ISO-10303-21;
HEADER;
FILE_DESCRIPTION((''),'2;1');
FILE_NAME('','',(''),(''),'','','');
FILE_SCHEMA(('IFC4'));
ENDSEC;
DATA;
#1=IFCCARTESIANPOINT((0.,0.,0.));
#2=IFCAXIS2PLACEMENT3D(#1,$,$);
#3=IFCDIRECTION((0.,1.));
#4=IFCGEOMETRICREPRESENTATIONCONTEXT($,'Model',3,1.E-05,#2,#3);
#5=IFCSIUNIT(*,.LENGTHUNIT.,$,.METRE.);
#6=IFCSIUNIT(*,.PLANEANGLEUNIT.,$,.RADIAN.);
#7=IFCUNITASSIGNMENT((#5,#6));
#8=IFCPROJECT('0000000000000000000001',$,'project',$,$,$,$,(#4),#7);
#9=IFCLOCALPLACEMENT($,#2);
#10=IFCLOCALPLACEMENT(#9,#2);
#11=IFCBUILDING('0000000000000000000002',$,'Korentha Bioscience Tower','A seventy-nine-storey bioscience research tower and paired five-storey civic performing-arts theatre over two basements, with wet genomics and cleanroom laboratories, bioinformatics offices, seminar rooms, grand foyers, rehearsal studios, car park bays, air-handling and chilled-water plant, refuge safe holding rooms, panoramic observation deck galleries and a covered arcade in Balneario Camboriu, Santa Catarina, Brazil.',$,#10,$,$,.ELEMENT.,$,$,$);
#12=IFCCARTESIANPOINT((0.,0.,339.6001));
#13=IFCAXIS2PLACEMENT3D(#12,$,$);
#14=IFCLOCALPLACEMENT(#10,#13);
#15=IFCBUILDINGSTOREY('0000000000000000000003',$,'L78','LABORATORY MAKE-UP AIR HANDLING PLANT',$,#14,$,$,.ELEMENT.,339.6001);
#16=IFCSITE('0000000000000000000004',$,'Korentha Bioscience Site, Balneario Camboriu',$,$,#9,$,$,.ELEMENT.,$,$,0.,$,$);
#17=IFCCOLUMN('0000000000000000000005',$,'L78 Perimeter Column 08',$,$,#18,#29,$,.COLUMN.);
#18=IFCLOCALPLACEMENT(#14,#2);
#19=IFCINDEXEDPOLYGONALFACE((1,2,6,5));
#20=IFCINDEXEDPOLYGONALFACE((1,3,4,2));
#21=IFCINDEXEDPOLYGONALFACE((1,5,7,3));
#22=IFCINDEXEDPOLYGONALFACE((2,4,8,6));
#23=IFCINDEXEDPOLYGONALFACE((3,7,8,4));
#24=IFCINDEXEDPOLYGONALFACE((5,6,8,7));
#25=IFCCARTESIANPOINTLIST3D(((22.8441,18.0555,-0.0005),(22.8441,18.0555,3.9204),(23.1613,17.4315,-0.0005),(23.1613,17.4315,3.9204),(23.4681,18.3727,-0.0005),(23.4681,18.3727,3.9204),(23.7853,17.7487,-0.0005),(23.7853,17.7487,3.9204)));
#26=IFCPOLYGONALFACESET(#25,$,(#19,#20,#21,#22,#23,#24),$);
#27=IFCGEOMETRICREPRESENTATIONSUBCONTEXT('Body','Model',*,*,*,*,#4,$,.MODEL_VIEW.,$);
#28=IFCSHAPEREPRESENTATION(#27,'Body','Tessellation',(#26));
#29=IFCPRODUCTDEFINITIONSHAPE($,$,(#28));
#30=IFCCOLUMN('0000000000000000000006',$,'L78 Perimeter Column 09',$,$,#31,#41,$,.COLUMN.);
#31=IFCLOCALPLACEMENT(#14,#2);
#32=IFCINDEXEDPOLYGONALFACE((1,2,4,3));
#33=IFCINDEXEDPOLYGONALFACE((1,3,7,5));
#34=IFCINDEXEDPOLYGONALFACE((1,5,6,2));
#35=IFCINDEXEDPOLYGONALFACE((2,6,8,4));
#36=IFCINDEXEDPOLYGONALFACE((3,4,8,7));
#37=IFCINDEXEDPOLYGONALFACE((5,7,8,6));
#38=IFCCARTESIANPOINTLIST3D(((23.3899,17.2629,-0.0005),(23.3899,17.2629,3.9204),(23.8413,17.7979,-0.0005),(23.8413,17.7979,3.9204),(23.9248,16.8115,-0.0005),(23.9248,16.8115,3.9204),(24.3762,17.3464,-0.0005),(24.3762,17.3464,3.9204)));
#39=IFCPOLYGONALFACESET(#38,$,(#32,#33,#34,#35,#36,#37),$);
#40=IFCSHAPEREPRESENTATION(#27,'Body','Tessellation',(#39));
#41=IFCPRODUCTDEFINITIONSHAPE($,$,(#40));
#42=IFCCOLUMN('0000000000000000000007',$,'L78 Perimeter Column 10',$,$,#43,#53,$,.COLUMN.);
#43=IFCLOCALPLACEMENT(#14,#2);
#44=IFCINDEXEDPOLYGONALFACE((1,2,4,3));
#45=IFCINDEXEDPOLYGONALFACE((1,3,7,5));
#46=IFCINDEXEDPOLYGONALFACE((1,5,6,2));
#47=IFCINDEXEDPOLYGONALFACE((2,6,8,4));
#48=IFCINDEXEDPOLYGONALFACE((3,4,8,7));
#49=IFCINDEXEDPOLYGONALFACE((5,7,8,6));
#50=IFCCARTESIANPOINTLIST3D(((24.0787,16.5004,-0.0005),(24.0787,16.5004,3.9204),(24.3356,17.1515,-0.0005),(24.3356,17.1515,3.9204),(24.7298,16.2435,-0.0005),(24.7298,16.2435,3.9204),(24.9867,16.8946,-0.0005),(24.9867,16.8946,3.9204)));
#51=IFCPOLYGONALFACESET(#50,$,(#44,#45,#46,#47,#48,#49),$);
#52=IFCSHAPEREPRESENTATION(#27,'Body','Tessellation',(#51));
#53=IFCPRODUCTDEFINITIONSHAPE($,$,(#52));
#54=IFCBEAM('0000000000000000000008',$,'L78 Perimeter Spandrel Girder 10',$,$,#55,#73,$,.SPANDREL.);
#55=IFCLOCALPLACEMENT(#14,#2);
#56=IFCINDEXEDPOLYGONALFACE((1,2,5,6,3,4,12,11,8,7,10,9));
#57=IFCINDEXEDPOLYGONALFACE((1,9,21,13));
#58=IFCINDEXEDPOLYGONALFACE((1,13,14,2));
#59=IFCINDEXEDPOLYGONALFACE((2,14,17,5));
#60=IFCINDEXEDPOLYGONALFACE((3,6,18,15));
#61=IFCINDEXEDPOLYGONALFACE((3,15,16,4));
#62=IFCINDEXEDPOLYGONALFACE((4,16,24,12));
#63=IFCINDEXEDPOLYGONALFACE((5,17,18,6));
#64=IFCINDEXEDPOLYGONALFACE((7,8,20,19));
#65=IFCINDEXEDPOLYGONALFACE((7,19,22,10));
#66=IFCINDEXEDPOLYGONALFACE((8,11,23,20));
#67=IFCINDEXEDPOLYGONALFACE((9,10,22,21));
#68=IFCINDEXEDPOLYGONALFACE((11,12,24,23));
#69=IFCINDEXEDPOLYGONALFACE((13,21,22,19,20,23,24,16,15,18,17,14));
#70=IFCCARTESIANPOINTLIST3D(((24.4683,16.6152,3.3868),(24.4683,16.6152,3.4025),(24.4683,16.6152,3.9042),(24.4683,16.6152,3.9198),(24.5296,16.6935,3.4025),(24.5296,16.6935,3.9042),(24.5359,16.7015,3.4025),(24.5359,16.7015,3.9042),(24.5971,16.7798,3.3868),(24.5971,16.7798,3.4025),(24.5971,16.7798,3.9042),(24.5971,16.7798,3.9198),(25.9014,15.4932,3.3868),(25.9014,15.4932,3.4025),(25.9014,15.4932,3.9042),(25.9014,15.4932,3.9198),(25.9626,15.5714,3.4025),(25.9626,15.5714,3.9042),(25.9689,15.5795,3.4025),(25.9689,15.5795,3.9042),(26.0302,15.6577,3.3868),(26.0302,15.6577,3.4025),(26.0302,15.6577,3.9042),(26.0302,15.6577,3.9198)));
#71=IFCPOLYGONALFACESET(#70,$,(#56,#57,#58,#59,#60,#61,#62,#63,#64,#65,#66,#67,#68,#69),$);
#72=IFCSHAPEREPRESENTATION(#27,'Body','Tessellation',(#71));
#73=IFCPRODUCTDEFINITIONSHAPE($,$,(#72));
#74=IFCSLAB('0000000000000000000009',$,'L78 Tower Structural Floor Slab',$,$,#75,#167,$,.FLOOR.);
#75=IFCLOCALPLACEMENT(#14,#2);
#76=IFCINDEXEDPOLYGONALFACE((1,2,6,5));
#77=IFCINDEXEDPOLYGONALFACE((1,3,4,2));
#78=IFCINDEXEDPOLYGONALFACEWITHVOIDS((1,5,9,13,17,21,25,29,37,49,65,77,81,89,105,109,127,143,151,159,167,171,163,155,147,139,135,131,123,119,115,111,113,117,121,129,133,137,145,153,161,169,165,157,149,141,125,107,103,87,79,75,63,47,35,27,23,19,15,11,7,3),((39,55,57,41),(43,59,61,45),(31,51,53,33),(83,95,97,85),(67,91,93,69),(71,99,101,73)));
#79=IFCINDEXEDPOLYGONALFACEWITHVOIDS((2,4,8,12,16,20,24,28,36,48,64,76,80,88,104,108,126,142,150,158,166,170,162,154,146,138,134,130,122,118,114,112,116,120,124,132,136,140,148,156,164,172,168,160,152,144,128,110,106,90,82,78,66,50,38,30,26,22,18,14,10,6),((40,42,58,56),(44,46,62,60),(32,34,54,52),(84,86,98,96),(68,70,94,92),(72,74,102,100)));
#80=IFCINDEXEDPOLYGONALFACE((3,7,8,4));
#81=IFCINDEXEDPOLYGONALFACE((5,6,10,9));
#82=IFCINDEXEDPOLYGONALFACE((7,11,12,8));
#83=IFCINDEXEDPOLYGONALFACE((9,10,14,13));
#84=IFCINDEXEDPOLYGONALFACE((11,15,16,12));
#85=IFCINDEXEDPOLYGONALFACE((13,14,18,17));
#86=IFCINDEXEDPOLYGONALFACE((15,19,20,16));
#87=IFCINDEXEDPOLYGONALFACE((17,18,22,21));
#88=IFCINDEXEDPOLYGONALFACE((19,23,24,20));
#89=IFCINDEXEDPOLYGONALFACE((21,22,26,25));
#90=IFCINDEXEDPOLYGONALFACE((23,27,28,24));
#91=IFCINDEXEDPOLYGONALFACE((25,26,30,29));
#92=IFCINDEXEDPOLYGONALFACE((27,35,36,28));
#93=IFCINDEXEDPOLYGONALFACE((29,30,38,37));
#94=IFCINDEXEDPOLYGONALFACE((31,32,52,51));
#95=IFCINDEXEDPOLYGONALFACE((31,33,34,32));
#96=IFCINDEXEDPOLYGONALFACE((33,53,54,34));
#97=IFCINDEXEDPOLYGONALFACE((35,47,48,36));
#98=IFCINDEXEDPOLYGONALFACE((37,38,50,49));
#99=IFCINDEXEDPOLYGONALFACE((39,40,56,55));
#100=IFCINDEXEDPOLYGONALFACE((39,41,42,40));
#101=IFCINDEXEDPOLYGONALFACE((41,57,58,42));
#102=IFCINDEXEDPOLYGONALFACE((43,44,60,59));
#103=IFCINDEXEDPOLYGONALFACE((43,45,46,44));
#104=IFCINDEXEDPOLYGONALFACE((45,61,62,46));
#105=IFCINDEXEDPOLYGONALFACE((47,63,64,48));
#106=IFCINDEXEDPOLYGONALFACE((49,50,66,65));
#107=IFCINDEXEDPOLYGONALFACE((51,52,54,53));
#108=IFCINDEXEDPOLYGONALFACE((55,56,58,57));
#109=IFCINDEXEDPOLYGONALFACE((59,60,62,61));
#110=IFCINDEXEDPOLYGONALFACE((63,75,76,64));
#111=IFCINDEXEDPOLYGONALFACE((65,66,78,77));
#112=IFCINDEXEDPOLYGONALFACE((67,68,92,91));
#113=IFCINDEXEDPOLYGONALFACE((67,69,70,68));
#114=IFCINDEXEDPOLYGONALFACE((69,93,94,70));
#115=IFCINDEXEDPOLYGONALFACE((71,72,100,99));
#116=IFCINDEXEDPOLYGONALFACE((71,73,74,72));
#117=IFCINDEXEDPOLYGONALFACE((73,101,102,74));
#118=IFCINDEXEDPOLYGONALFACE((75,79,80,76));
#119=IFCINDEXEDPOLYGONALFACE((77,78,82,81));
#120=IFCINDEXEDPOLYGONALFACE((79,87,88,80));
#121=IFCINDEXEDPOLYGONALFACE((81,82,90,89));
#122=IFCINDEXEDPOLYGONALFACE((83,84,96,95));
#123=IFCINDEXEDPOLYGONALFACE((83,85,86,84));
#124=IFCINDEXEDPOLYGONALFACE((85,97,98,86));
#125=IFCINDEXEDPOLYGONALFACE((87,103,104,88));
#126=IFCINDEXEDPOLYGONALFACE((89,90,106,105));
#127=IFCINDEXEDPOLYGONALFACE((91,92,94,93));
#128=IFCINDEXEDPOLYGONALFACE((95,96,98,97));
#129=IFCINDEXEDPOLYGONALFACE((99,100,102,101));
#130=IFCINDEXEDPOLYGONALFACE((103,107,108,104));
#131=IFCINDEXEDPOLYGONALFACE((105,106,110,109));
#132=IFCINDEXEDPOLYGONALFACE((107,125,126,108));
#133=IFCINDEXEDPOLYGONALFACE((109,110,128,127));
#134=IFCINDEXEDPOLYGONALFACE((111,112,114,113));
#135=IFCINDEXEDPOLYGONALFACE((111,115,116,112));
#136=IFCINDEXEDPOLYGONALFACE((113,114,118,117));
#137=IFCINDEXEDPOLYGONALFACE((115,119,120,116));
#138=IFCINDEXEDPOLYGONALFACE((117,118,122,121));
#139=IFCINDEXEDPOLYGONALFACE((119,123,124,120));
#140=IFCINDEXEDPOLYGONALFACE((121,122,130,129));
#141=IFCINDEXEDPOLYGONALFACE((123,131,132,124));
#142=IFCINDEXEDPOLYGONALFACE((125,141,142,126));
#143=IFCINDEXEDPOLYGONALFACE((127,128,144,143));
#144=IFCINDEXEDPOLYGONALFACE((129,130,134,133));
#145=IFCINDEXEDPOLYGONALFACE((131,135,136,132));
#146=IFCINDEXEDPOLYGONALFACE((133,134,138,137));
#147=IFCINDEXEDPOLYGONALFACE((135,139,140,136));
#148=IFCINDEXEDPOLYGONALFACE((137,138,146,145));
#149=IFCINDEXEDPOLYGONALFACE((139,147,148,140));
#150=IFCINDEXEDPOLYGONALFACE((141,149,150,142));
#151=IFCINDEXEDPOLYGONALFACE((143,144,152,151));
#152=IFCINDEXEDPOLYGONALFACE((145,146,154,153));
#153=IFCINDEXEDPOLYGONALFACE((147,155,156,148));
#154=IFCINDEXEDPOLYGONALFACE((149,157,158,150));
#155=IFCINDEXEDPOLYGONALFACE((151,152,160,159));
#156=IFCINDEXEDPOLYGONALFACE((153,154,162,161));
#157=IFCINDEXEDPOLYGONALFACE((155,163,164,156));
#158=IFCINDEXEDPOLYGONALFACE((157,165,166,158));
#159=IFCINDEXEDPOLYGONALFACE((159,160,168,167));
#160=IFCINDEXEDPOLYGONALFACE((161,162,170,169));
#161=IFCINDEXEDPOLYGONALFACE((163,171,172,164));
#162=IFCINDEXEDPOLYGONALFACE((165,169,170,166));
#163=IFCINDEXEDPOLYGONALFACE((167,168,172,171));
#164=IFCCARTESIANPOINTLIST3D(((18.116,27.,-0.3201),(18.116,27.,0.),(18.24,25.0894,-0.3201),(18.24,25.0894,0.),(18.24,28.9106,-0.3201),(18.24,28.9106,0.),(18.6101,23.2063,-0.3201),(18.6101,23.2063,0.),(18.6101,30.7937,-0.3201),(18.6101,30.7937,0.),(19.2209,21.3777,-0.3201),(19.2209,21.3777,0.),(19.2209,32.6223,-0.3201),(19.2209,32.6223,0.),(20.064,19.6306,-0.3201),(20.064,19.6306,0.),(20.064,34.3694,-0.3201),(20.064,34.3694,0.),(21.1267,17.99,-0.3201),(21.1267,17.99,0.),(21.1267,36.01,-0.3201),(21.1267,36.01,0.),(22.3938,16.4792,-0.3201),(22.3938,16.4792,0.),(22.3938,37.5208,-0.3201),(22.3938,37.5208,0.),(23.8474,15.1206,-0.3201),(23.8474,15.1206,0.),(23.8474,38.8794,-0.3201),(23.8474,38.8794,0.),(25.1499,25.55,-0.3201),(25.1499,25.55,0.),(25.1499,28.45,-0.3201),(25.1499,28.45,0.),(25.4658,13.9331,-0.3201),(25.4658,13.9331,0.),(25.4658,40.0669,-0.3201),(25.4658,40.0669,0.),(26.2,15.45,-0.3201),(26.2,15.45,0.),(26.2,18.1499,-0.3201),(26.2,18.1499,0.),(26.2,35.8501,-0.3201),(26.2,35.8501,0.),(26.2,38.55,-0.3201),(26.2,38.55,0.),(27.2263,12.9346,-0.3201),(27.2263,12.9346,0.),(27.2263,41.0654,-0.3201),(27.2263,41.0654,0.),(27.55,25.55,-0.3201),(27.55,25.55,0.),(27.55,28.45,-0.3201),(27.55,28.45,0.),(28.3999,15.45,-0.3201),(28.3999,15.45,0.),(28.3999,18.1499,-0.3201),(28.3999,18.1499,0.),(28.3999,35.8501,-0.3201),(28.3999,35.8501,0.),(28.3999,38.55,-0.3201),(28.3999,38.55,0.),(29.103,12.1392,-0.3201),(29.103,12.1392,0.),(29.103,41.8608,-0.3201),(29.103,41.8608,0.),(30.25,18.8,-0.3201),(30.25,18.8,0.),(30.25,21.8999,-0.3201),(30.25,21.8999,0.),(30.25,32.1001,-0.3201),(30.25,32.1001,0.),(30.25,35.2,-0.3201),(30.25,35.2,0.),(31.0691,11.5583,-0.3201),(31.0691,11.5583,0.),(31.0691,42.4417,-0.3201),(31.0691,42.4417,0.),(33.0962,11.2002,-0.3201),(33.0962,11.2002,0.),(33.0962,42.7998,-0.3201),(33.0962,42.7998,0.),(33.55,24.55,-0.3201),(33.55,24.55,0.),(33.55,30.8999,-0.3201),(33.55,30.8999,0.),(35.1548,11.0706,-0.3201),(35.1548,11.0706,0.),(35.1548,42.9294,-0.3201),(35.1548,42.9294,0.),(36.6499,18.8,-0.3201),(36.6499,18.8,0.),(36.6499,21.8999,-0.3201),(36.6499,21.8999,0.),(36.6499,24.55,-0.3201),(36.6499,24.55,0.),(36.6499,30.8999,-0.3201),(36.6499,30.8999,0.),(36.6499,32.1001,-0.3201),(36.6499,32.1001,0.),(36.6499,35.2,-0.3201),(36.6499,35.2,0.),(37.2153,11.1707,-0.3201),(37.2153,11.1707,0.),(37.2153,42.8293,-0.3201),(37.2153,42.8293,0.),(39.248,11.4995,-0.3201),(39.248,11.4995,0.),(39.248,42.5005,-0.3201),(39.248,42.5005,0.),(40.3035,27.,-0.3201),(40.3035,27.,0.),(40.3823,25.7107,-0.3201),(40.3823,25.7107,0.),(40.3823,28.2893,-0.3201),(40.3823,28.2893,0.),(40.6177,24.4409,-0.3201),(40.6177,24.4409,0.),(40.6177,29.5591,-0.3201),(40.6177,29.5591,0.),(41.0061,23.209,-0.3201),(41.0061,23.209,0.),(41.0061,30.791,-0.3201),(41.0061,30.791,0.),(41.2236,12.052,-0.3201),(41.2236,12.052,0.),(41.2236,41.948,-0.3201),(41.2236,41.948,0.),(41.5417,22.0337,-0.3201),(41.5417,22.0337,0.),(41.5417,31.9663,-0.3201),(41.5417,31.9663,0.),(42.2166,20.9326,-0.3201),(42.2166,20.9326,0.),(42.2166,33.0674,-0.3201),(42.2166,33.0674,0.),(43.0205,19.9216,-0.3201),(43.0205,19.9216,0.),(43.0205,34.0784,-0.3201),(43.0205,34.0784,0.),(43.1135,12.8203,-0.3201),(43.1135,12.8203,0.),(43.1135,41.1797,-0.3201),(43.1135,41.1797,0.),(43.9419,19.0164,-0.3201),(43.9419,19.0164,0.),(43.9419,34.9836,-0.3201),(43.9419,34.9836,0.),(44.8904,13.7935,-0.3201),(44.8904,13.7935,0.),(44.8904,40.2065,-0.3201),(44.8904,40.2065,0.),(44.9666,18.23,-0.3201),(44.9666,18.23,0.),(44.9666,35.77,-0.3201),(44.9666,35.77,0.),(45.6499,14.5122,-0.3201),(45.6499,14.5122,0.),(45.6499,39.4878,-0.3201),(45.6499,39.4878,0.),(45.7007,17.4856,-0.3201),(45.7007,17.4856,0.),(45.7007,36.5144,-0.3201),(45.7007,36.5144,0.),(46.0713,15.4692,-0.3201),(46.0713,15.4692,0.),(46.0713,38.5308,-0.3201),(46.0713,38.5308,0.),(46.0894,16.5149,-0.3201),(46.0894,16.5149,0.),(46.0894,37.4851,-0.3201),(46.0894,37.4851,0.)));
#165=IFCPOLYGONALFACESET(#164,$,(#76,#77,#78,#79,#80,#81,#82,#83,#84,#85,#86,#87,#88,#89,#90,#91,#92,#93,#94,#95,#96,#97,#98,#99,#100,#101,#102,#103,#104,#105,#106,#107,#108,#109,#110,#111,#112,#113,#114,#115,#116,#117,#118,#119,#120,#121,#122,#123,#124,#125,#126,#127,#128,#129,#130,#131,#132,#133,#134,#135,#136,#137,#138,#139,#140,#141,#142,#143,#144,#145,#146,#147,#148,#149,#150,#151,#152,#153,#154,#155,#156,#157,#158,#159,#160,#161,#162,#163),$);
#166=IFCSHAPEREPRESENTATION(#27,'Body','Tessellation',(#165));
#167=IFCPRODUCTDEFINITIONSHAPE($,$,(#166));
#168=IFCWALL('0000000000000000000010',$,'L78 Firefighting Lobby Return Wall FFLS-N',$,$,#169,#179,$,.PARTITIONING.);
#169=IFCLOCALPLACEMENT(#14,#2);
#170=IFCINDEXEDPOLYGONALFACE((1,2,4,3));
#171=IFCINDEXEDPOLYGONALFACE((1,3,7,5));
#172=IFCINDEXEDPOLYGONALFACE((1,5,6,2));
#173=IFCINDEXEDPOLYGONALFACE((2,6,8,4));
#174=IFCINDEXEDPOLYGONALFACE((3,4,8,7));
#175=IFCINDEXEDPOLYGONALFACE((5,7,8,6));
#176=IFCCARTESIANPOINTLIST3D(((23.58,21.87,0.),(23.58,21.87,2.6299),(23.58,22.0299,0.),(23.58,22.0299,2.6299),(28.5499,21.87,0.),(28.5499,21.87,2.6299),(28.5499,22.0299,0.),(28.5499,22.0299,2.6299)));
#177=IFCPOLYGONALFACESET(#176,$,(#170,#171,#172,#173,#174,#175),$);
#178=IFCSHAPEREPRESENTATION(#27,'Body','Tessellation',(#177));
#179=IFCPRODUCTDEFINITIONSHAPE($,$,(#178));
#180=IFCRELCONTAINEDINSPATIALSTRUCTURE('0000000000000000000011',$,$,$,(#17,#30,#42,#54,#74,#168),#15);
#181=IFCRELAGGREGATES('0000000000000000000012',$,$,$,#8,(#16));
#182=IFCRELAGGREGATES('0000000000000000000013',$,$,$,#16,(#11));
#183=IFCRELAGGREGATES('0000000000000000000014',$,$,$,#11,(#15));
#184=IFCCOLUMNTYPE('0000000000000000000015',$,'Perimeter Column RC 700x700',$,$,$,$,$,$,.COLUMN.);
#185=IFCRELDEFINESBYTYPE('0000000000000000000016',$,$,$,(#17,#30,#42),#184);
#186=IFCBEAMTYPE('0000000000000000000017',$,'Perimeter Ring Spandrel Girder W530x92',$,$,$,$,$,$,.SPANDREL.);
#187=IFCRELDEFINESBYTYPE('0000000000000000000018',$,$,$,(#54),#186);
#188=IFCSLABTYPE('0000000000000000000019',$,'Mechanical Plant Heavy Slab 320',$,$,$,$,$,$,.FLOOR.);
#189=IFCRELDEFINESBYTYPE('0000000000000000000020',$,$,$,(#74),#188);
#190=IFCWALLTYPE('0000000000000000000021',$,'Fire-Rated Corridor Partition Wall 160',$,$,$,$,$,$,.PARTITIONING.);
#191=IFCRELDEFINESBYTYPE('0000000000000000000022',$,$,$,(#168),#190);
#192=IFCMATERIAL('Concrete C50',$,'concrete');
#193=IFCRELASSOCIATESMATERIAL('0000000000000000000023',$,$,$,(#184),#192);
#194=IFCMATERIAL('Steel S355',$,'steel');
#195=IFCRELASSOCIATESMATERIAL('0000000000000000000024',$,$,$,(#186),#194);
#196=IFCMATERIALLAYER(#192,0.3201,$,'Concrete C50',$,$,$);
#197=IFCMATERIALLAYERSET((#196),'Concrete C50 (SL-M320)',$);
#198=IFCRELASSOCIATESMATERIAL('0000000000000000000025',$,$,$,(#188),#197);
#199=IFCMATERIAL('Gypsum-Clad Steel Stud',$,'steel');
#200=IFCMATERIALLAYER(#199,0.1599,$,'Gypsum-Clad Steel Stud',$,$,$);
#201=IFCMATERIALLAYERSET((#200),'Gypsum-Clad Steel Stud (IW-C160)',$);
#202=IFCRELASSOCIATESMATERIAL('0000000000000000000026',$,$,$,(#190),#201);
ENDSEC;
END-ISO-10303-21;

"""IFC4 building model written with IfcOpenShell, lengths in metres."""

from ifc_helpers import new_model, si_unit, direction, frame, frame_2d, origin, origin_2d, place, context, subcontext, project, spatial, polyline, rectangle, i_section, outline, extrude, material, layer, layer_set, material_profile, profile_set, type_object, element, save


model = new_model("IFC4")

# Units and contexts
model_context = context("Model", 3, precision=1e-05, world=origin(), true_north=direction((0.0, 1.0)))
body_context = subcontext(model_context, "Body", "Model", "MODEL_VIEW")
ifc_project = project(units=[si_unit("LENGTHUNIT", "METRE"), si_unit("PLANEANGLEUNIT", "RADIAN")], contexts=[model_context])

# Site, building, storey
site_placement = place(None, origin())
site = spatial("IfcSite", under=ifc_project, at=site_placement, Name="Korentha Bioscience Site, Balneario Camboriu", CompositionType="ELEMENT", RefElevation=0.0)
building_placement = place(site_placement, origin())
building = spatial("IfcBuilding", under=site, at=building_placement, Name="Korentha Bioscience Tower", Description="A seventy-nine-storey bioscience research tower and paired five-storey civic performing-arts theatre over two basements, with wet genomics and cleanroom laboratories, bioinformatics offices, seminar rooms, grand foyers, rehearsal studios, car park bays, air-handling and chilled-water plant, refuge safe holding rooms, panoramic observation deck galleries and a covered arcade in Balneario Camboriu, Santa Catarina, Brazil.", CompositionType="ELEMENT")
storey_placement = place(building_placement, frame((0.0, 0.0, 339.6001)))
storey = spatial("IfcBuildingStorey", under=building, at=storey_placement, Name="L78", Description="LABORATORY MAKE-UP AIR HANDLING PLANT", CompositionType="ELEMENT", Elevation=339.6001)

# Columns
ifc_material_1 = material(Name="Concrete C50", Category="concrete")
ifc_material_profile_1 = material_profile(ifc_material_1, rectangle(XDim=0.7, YDim=0.7, at=origin_2d()), Name="Concrete C50")
ifc_profile_set_1 = profile_set([ifc_material_profile_1], Name="Concrete C50 (COL-P07)")
column_type = type_object("IfcColumnType", Name="Perimeter Column RC 700x700", PredefinedType="COLUMN", material=ifc_profile_set_1)
for number, where, z_axis, x_axis, name in (
    (1, (23.3147, 17.9021, -0.0005), (0.0, 0.0, 1.0), (-0.453057, 0.891481, 0.0), "L78 Perimeter Column 08"),
    (2, (23.8831, 17.3047, -0.0005), (0.0, 0.0, 1.0), (-0.764246, 0.644924, 0.0), "L78 Perimeter Column 09"),
    (3, (24.5327, 16.6975, -0.0005), (0.0, 0.0, 1.0), (-0.930226, 0.366988, 0.0), "L78 Perimeter Column 10"),
):
    element("IfcColumn", number, at=place(storey_placement, frame(where, z_axis=z_axis, x_axis=x_axis)), inside=storey, type_object=column_type, Name=name, PredefinedType="COLUMN", context=body_context, shape_type="SweptSolid", body=[
        extrude(rectangle(XDim=0.7, YDim=0.7, at=origin_2d()), origin(), (0.0, 0.0, 1.0), 3.9209),
    ])

# Beam
ifc_material_2 = material(Name="Steel S355", Category="steel")
ifc_material_profile_2 = material_profile(ifc_material_2, i_section(OverallWidth=0.209, OverallDepth=0.533, WebThickness=0.0103, FlangeThickness=0.0156, at=origin_2d()), Name="Steel S355")
ifc_profile_set_2 = profile_set([ifc_material_profile_2], Name="Steel S355 (SB-530)")
beam_type = type_object("IfcBeamType", Name="Perimeter Ring Spandrel Girder W530x92", PredefinedType="SPANDREL", material=ifc_profile_set_2)
beam_placement = place(storey_placement, frame((24.5327, 16.6975, 3.6533), z_axis=(0.787369, -0.616482, 0.0), x_axis=(0.616482, 0.787369, 0.0)))
element("IfcBeam", 4, at=beam_placement, inside=storey, type_object=beam_type, Name="L78 Perimeter Spandrel Girder 10", PredefinedType="SPANDREL", context=body_context, shape_type="SweptSolid", body=[
    extrude(i_section(OverallWidth=0.209, OverallDepth=0.533, WebThickness=0.0103, FlangeThickness=0.0156, at=origin_2d()), origin(), (0.0, 0.0, 1.0), 1.8201),
])

# Slab
ifc_layer_1 = layer(ifc_material_1, 0.3201, Name="Concrete C50")
ifc_layer_set_1 = layer_set([ifc_layer_1], Name="Concrete C50 (SL-M320)")
slab_type = type_object("IfcSlabType", Name="Mechanical Plant Heavy Slab 320", PredefinedType="FLOOR", material=ifc_layer_set_1)
slab_placement = place(storey_placement, frame((0.0, 0.0, -0.3201)))
element("IfcSlab", 5, at=slab_placement, inside=storey, type_object=slab_type, Name="L78 Tower Structural Floor Slab", PredefinedType="FLOOR", context=body_context, shape_type="SweptSolid", body=[
    extrude(outline(polyline([(44.8904, 40.2065), (43.1135, 41.1797), (41.2236, 41.948), (39.248, 42.5005), (37.2153, 42.8293), (35.1548, 42.9294), (33.0962, 42.7998), (31.0691, 42.4417), (29.103, 41.8608), (27.2263, 41.0654), (25.4658, 40.0669), (23.8474, 38.8794), (22.3938, 37.5208), (21.1267, 36.01), (20.064, 34.3694), (19.2209, 32.6223), (18.6101, 30.7937), (18.24, 28.9106), (18.116, 27.0), (18.24, 25.0894), (18.6101, 23.2063), (19.2209, 21.3777), (20.064, 19.6306), (21.1267, 17.99), (22.3938, 16.4792), (23.8474, 15.1206), (25.4658, 13.9331), (27.2263, 12.9346), (29.103, 12.1392), (31.0691, 11.5583), (33.0962, 11.2002), (35.1548, 11.0706), (37.2153, 11.1707), (39.248, 11.4995), (41.2236, 12.052), (43.1135, 12.8203), (44.8904, 13.7935), (45.6499, 14.5122), (46.0713, 15.4692), (46.0894, 16.5149), (45.7007, 17.4856), (44.9666, 18.23), (43.9419, 19.0164), (43.0205, 19.9216), (42.2166, 20.9326), (41.5417, 22.0337), (41.0061, 23.209), (40.6177, 24.4409), (40.3823, 25.7107), (40.3035, 27.0), (40.3823, 28.2893), (40.6177, 29.5591), (41.0061, 30.791), (41.5417, 31.9663), (42.2166, 33.0674), (43.0205, 34.0784), (43.9419, 34.9836), (44.9666, 35.77), (45.7007, 36.5144), (46.0894, 37.4851), (46.0713, 38.5308), (45.6499, 39.4878), (44.8904, 40.2065)]), holes=[polyline([(30.25, 32.1001), (36.6499, 32.1001), (36.6499, 35.2), (30.25, 35.2), (30.25, 32.1001)]), polyline([(30.25, 18.8), (36.6499, 18.8), (36.6499, 21.8999), (30.25, 21.8999), (30.25, 18.8)]), polyline([(36.6499, 24.55), (36.6499, 30.8999), (33.55, 30.8999), (33.55, 24.55), (36.6499, 24.55)]), polyline([(26.2, 15.45), (28.3999, 15.45), (28.3999, 18.1499), (26.2, 18.1499), (26.2, 15.45)]), polyline([(26.2, 35.8501), (28.3999, 35.8501), (28.3999, 38.55), (26.2, 38.55), (26.2, 35.8501)]), polyline([(25.1499, 25.55), (27.55, 25.55), (27.55, 28.45), (25.1499, 28.45), (25.1499, 25.55)])]), origin(), (0.0, 0.0, 1.0), 0.3201),
])

# Shared definitions
ifc_material_3 = material(Name="Gypsum-Clad Steel Stud", Category="steel")
ifc_layer_2 = layer(ifc_material_3, 0.1599, Name="Gypsum-Clad Steel Stud")
ifc_layer_set_2 = layer_set([ifc_layer_2], Name="Gypsum-Clad Steel Stud (IW-C160)")
wall_type_1 = type_object("IfcWallType", Name="Fire-Rated Corridor Partition Wall 160", PredefinedType="PARTITIONING", material=ifc_layer_set_2)

# Wall
wall_1_placement = place(storey_placement, frame((23.5801, 21.95, 0.0), z_axis=(0.0, 0.0, 1.0), x_axis=(1.0, 0.0, 0.0)))
element("IfcWall", 6, at=wall_1_placement, inside=storey, type_object=wall_type_1, Name="L78 Firefighting Lobby Return Wall FFLS-N", PredefinedType="PARTITIONING", context=body_context, shape_type="SweptSolid", body=[
    extrude(rectangle(XDim=4.97, YDim=0.1599, at=frame_2d((2.4849, 0.0))), origin(), (0.0, 0.0, 1.0), 2.6299),
])

save(model, "model.ifc")
